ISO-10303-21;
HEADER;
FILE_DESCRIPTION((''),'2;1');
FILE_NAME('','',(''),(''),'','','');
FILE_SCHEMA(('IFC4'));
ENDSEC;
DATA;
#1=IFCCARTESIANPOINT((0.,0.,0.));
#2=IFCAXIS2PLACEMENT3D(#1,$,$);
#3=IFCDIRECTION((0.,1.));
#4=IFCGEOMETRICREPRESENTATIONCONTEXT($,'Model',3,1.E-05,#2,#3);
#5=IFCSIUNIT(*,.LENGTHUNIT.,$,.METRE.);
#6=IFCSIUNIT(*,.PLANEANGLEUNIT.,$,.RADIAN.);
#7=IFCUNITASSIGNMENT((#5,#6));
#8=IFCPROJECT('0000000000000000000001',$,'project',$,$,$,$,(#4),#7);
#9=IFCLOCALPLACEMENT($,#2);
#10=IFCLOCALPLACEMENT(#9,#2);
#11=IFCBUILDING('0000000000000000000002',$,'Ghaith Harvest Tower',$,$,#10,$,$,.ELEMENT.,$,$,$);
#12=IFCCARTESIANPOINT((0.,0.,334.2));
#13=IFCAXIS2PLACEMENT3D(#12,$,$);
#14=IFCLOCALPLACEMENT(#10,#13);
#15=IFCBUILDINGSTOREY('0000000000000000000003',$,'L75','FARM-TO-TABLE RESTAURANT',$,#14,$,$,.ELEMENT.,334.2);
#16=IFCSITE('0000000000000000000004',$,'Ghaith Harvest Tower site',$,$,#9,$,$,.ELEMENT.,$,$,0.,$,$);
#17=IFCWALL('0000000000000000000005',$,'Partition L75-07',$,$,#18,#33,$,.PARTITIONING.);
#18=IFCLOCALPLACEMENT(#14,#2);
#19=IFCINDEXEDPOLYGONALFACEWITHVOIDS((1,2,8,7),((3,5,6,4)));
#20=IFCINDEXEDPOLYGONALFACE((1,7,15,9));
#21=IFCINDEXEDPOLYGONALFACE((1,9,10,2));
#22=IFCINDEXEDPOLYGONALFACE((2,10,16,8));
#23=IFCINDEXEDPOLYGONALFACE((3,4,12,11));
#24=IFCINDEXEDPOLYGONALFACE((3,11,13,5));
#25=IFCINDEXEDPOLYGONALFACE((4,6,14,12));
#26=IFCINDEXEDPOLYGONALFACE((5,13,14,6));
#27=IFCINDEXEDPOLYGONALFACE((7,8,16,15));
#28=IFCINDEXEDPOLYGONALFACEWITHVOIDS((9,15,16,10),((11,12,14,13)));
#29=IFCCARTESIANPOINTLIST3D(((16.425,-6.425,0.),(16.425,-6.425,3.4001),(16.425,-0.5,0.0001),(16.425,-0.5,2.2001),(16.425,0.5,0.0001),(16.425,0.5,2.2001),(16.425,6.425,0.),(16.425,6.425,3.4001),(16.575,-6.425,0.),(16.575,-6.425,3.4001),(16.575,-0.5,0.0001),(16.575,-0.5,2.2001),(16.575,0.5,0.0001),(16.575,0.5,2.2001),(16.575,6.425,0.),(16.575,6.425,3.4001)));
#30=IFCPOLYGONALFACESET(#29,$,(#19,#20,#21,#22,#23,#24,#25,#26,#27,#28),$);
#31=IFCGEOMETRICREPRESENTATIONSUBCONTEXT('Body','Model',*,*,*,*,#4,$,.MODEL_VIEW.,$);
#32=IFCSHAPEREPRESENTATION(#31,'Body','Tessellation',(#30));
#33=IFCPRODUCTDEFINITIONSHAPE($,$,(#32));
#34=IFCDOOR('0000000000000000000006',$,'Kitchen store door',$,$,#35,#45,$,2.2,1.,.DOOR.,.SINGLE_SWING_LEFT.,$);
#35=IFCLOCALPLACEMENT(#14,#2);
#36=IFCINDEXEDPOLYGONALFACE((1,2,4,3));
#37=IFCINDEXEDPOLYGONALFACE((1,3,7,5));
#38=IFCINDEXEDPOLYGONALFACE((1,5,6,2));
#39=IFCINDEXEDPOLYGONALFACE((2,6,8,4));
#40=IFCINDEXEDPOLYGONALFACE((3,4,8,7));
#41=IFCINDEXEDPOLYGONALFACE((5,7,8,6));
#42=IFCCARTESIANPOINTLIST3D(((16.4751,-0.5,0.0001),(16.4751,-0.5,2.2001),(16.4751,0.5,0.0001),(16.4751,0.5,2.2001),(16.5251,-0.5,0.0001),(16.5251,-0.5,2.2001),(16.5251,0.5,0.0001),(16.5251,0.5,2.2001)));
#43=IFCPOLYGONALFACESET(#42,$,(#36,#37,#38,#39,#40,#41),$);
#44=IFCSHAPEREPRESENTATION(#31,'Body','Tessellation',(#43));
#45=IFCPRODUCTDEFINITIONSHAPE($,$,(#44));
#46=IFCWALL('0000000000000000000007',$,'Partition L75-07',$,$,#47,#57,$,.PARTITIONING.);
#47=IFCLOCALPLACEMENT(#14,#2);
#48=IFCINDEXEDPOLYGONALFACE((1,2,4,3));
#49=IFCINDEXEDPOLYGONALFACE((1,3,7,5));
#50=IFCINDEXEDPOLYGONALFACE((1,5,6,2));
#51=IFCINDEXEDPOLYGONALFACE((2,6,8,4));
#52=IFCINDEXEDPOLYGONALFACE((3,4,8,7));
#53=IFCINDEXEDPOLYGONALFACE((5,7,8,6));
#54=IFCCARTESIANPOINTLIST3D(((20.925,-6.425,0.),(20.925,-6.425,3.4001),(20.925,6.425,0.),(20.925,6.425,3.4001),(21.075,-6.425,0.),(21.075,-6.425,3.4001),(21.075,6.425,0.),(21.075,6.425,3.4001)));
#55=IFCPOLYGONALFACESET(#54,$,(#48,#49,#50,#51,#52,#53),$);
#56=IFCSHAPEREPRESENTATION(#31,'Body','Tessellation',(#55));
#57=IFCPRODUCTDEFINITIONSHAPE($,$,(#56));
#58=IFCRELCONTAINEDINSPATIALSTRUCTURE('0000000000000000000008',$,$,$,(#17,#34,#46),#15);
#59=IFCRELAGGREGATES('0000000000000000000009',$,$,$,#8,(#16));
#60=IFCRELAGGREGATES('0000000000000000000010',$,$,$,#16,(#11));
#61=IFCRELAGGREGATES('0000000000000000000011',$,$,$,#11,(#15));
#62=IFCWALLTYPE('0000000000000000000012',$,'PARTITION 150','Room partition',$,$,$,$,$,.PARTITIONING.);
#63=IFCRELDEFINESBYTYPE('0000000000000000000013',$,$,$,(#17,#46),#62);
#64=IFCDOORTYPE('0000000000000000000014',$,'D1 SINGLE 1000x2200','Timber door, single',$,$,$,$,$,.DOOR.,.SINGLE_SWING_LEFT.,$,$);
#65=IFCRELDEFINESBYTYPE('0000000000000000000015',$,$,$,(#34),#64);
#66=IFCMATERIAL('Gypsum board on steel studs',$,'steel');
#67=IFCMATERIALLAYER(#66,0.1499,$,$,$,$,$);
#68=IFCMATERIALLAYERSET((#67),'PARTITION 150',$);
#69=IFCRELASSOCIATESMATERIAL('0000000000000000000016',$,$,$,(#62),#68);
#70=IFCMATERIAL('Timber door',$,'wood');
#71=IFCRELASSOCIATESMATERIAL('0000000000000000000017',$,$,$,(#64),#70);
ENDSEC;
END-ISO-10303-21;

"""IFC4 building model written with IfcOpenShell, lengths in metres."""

from ifc_helpers import new_model, si_unit, direction, frame, frame_2d, origin, place, context, subcontext, project, spatial, rectangle, extrude, material, layer, layer_set, type_object, element, fill, save


model = new_model("IFC4")

# Units and contexts
model_context = context("Model", 3, precision=1e-05, world=origin(), true_north=direction((0.0, 1.0)))
body_context = subcontext(model_context, "Body", "Model", "MODEL_VIEW")
ifc_project = project(units=[si_unit("LENGTHUNIT", "METRE"), si_unit("PLANEANGLEUNIT", "RADIAN")], contexts=[model_context])

# Site, building, storey
site_placement = place(None, origin())
site = spatial("IfcSite", under=ifc_project, at=site_placement, Name="Ghaith Harvest Tower site", CompositionType="ELEMENT", RefElevation=0.0)
building_placement = place(site_placement, origin())
building = spatial("IfcBuilding", under=site, at=building_placement, Name="Ghaith Harvest Tower", CompositionType="ELEMENT")
storey_placement = place(building_placement, frame((0.0, 0.0, 334.2)))
storey = spatial("IfcBuildingStorey", under=building, at=storey_placement, Name="L75", Description="FARM-TO-TABLE RESTAURANT", CompositionType="ELEMENT", Elevation=334.2)

# Shared definitions
ifc_material_1 = material(Name="Gypsum board on steel studs", Category="steel")
ifc_layer_1 = layer(ifc_material_1, 0.1499)
ifc_layer_set_1 = layer_set([ifc_layer_1], Name="PARTITION 150")
wall_type_1 = type_object("IfcWallType", Name="PARTITION 150", Description="Room partition", PredefinedType="PARTITIONING", material=ifc_layer_set_1)

# Wall, opening, door
wall_1_placement = place(storey_placement, frame((16.5, -6.425, 0.0), z_axis=(0.0, 0.0, 1.0), x_axis=(0.0, 1.0, 0.0)))
wall_1 = element("IfcWall", 1, at=wall_1_placement, inside=storey, type_object=wall_type_1, Name="Partition L75-07", PredefinedType="PARTITIONING", context=body_context, shape_type="SweptSolid", body=[
    extrude(rectangle(XDim=12.8501, YDim=0.1499, at=frame_2d((6.425, 0.0))), origin(), (0.0, 0.0, 1.0), 3.4001),
])
opening_1_placement = place(wall_1_placement, frame((5.925, 0.0, 0.0)))
opening_1 = element("IfcOpeningElement", 2, at=opening_1_placement, cuts=wall_1, PredefinedType="OPENING", context=body_context, shape_type="SweptSolid", body=[
    extrude(rectangle(XDim=1.0, YDim=2.2, at=frame_2d((0.5, 1.1001))), frame((0.0, 0.085, 0.0), z_axis=(0.0, -1.0, 0.0), x_axis=(1.0, 0.0, 0.0)), (0.0, 0.0, 1.0), 0.1699),
])
ifc_material_2 = material(Name="Timber door", Category="wood")
door_type_1 = type_object("IfcDoorType", Name="D1 SINGLE 1000x2200", Description="Timber door, single", OperationType="SINGLE_SWING_LEFT", PredefinedType="DOOR", material=ifc_material_2)
door_1_placement = place(opening_1_placement, origin())
door_1 = element("IfcDoor", 3, at=door_1_placement, inside=storey, type_object=door_type_1, Name="Kitchen store door", OperationType="SINGLE_SWING_LEFT", OverallHeight=2.2, OverallWidth=1.0, PredefinedType="DOOR", context=body_context, shape_type="SweptSolid", body=[
    extrude(rectangle(XDim=1.0, YDim=2.2, at=frame_2d((0.5, 1.1001))), frame((0.0, 0.0249, 0.0), z_axis=(0.0, -1.0, 0.0), x_axis=(1.0, 0.0, 0.0)), (0.0, 0.0, 1.0), 0.05),
])
fill(opening_1, door_1)

# Wall
wall_2_placement = place(storey_placement, frame((21.0, -6.425, 0.0), z_axis=(0.0, 0.0, 1.0), x_axis=(0.0, 1.0, 0.0)))
element("IfcWall", 4, at=wall_2_placement, inside=storey, type_object=wall_type_1, Name="Partition L75-07", PredefinedType="PARTITIONING", context=body_context, shape_type="SweptSolid", body=[
    extrude(rectangle(XDim=12.8501, YDim=0.1499, at=frame_2d((6.425, 0.0))), origin(), (0.0, 0.0, 1.0), 3.4001),
])

save(model, "model.ifc")
